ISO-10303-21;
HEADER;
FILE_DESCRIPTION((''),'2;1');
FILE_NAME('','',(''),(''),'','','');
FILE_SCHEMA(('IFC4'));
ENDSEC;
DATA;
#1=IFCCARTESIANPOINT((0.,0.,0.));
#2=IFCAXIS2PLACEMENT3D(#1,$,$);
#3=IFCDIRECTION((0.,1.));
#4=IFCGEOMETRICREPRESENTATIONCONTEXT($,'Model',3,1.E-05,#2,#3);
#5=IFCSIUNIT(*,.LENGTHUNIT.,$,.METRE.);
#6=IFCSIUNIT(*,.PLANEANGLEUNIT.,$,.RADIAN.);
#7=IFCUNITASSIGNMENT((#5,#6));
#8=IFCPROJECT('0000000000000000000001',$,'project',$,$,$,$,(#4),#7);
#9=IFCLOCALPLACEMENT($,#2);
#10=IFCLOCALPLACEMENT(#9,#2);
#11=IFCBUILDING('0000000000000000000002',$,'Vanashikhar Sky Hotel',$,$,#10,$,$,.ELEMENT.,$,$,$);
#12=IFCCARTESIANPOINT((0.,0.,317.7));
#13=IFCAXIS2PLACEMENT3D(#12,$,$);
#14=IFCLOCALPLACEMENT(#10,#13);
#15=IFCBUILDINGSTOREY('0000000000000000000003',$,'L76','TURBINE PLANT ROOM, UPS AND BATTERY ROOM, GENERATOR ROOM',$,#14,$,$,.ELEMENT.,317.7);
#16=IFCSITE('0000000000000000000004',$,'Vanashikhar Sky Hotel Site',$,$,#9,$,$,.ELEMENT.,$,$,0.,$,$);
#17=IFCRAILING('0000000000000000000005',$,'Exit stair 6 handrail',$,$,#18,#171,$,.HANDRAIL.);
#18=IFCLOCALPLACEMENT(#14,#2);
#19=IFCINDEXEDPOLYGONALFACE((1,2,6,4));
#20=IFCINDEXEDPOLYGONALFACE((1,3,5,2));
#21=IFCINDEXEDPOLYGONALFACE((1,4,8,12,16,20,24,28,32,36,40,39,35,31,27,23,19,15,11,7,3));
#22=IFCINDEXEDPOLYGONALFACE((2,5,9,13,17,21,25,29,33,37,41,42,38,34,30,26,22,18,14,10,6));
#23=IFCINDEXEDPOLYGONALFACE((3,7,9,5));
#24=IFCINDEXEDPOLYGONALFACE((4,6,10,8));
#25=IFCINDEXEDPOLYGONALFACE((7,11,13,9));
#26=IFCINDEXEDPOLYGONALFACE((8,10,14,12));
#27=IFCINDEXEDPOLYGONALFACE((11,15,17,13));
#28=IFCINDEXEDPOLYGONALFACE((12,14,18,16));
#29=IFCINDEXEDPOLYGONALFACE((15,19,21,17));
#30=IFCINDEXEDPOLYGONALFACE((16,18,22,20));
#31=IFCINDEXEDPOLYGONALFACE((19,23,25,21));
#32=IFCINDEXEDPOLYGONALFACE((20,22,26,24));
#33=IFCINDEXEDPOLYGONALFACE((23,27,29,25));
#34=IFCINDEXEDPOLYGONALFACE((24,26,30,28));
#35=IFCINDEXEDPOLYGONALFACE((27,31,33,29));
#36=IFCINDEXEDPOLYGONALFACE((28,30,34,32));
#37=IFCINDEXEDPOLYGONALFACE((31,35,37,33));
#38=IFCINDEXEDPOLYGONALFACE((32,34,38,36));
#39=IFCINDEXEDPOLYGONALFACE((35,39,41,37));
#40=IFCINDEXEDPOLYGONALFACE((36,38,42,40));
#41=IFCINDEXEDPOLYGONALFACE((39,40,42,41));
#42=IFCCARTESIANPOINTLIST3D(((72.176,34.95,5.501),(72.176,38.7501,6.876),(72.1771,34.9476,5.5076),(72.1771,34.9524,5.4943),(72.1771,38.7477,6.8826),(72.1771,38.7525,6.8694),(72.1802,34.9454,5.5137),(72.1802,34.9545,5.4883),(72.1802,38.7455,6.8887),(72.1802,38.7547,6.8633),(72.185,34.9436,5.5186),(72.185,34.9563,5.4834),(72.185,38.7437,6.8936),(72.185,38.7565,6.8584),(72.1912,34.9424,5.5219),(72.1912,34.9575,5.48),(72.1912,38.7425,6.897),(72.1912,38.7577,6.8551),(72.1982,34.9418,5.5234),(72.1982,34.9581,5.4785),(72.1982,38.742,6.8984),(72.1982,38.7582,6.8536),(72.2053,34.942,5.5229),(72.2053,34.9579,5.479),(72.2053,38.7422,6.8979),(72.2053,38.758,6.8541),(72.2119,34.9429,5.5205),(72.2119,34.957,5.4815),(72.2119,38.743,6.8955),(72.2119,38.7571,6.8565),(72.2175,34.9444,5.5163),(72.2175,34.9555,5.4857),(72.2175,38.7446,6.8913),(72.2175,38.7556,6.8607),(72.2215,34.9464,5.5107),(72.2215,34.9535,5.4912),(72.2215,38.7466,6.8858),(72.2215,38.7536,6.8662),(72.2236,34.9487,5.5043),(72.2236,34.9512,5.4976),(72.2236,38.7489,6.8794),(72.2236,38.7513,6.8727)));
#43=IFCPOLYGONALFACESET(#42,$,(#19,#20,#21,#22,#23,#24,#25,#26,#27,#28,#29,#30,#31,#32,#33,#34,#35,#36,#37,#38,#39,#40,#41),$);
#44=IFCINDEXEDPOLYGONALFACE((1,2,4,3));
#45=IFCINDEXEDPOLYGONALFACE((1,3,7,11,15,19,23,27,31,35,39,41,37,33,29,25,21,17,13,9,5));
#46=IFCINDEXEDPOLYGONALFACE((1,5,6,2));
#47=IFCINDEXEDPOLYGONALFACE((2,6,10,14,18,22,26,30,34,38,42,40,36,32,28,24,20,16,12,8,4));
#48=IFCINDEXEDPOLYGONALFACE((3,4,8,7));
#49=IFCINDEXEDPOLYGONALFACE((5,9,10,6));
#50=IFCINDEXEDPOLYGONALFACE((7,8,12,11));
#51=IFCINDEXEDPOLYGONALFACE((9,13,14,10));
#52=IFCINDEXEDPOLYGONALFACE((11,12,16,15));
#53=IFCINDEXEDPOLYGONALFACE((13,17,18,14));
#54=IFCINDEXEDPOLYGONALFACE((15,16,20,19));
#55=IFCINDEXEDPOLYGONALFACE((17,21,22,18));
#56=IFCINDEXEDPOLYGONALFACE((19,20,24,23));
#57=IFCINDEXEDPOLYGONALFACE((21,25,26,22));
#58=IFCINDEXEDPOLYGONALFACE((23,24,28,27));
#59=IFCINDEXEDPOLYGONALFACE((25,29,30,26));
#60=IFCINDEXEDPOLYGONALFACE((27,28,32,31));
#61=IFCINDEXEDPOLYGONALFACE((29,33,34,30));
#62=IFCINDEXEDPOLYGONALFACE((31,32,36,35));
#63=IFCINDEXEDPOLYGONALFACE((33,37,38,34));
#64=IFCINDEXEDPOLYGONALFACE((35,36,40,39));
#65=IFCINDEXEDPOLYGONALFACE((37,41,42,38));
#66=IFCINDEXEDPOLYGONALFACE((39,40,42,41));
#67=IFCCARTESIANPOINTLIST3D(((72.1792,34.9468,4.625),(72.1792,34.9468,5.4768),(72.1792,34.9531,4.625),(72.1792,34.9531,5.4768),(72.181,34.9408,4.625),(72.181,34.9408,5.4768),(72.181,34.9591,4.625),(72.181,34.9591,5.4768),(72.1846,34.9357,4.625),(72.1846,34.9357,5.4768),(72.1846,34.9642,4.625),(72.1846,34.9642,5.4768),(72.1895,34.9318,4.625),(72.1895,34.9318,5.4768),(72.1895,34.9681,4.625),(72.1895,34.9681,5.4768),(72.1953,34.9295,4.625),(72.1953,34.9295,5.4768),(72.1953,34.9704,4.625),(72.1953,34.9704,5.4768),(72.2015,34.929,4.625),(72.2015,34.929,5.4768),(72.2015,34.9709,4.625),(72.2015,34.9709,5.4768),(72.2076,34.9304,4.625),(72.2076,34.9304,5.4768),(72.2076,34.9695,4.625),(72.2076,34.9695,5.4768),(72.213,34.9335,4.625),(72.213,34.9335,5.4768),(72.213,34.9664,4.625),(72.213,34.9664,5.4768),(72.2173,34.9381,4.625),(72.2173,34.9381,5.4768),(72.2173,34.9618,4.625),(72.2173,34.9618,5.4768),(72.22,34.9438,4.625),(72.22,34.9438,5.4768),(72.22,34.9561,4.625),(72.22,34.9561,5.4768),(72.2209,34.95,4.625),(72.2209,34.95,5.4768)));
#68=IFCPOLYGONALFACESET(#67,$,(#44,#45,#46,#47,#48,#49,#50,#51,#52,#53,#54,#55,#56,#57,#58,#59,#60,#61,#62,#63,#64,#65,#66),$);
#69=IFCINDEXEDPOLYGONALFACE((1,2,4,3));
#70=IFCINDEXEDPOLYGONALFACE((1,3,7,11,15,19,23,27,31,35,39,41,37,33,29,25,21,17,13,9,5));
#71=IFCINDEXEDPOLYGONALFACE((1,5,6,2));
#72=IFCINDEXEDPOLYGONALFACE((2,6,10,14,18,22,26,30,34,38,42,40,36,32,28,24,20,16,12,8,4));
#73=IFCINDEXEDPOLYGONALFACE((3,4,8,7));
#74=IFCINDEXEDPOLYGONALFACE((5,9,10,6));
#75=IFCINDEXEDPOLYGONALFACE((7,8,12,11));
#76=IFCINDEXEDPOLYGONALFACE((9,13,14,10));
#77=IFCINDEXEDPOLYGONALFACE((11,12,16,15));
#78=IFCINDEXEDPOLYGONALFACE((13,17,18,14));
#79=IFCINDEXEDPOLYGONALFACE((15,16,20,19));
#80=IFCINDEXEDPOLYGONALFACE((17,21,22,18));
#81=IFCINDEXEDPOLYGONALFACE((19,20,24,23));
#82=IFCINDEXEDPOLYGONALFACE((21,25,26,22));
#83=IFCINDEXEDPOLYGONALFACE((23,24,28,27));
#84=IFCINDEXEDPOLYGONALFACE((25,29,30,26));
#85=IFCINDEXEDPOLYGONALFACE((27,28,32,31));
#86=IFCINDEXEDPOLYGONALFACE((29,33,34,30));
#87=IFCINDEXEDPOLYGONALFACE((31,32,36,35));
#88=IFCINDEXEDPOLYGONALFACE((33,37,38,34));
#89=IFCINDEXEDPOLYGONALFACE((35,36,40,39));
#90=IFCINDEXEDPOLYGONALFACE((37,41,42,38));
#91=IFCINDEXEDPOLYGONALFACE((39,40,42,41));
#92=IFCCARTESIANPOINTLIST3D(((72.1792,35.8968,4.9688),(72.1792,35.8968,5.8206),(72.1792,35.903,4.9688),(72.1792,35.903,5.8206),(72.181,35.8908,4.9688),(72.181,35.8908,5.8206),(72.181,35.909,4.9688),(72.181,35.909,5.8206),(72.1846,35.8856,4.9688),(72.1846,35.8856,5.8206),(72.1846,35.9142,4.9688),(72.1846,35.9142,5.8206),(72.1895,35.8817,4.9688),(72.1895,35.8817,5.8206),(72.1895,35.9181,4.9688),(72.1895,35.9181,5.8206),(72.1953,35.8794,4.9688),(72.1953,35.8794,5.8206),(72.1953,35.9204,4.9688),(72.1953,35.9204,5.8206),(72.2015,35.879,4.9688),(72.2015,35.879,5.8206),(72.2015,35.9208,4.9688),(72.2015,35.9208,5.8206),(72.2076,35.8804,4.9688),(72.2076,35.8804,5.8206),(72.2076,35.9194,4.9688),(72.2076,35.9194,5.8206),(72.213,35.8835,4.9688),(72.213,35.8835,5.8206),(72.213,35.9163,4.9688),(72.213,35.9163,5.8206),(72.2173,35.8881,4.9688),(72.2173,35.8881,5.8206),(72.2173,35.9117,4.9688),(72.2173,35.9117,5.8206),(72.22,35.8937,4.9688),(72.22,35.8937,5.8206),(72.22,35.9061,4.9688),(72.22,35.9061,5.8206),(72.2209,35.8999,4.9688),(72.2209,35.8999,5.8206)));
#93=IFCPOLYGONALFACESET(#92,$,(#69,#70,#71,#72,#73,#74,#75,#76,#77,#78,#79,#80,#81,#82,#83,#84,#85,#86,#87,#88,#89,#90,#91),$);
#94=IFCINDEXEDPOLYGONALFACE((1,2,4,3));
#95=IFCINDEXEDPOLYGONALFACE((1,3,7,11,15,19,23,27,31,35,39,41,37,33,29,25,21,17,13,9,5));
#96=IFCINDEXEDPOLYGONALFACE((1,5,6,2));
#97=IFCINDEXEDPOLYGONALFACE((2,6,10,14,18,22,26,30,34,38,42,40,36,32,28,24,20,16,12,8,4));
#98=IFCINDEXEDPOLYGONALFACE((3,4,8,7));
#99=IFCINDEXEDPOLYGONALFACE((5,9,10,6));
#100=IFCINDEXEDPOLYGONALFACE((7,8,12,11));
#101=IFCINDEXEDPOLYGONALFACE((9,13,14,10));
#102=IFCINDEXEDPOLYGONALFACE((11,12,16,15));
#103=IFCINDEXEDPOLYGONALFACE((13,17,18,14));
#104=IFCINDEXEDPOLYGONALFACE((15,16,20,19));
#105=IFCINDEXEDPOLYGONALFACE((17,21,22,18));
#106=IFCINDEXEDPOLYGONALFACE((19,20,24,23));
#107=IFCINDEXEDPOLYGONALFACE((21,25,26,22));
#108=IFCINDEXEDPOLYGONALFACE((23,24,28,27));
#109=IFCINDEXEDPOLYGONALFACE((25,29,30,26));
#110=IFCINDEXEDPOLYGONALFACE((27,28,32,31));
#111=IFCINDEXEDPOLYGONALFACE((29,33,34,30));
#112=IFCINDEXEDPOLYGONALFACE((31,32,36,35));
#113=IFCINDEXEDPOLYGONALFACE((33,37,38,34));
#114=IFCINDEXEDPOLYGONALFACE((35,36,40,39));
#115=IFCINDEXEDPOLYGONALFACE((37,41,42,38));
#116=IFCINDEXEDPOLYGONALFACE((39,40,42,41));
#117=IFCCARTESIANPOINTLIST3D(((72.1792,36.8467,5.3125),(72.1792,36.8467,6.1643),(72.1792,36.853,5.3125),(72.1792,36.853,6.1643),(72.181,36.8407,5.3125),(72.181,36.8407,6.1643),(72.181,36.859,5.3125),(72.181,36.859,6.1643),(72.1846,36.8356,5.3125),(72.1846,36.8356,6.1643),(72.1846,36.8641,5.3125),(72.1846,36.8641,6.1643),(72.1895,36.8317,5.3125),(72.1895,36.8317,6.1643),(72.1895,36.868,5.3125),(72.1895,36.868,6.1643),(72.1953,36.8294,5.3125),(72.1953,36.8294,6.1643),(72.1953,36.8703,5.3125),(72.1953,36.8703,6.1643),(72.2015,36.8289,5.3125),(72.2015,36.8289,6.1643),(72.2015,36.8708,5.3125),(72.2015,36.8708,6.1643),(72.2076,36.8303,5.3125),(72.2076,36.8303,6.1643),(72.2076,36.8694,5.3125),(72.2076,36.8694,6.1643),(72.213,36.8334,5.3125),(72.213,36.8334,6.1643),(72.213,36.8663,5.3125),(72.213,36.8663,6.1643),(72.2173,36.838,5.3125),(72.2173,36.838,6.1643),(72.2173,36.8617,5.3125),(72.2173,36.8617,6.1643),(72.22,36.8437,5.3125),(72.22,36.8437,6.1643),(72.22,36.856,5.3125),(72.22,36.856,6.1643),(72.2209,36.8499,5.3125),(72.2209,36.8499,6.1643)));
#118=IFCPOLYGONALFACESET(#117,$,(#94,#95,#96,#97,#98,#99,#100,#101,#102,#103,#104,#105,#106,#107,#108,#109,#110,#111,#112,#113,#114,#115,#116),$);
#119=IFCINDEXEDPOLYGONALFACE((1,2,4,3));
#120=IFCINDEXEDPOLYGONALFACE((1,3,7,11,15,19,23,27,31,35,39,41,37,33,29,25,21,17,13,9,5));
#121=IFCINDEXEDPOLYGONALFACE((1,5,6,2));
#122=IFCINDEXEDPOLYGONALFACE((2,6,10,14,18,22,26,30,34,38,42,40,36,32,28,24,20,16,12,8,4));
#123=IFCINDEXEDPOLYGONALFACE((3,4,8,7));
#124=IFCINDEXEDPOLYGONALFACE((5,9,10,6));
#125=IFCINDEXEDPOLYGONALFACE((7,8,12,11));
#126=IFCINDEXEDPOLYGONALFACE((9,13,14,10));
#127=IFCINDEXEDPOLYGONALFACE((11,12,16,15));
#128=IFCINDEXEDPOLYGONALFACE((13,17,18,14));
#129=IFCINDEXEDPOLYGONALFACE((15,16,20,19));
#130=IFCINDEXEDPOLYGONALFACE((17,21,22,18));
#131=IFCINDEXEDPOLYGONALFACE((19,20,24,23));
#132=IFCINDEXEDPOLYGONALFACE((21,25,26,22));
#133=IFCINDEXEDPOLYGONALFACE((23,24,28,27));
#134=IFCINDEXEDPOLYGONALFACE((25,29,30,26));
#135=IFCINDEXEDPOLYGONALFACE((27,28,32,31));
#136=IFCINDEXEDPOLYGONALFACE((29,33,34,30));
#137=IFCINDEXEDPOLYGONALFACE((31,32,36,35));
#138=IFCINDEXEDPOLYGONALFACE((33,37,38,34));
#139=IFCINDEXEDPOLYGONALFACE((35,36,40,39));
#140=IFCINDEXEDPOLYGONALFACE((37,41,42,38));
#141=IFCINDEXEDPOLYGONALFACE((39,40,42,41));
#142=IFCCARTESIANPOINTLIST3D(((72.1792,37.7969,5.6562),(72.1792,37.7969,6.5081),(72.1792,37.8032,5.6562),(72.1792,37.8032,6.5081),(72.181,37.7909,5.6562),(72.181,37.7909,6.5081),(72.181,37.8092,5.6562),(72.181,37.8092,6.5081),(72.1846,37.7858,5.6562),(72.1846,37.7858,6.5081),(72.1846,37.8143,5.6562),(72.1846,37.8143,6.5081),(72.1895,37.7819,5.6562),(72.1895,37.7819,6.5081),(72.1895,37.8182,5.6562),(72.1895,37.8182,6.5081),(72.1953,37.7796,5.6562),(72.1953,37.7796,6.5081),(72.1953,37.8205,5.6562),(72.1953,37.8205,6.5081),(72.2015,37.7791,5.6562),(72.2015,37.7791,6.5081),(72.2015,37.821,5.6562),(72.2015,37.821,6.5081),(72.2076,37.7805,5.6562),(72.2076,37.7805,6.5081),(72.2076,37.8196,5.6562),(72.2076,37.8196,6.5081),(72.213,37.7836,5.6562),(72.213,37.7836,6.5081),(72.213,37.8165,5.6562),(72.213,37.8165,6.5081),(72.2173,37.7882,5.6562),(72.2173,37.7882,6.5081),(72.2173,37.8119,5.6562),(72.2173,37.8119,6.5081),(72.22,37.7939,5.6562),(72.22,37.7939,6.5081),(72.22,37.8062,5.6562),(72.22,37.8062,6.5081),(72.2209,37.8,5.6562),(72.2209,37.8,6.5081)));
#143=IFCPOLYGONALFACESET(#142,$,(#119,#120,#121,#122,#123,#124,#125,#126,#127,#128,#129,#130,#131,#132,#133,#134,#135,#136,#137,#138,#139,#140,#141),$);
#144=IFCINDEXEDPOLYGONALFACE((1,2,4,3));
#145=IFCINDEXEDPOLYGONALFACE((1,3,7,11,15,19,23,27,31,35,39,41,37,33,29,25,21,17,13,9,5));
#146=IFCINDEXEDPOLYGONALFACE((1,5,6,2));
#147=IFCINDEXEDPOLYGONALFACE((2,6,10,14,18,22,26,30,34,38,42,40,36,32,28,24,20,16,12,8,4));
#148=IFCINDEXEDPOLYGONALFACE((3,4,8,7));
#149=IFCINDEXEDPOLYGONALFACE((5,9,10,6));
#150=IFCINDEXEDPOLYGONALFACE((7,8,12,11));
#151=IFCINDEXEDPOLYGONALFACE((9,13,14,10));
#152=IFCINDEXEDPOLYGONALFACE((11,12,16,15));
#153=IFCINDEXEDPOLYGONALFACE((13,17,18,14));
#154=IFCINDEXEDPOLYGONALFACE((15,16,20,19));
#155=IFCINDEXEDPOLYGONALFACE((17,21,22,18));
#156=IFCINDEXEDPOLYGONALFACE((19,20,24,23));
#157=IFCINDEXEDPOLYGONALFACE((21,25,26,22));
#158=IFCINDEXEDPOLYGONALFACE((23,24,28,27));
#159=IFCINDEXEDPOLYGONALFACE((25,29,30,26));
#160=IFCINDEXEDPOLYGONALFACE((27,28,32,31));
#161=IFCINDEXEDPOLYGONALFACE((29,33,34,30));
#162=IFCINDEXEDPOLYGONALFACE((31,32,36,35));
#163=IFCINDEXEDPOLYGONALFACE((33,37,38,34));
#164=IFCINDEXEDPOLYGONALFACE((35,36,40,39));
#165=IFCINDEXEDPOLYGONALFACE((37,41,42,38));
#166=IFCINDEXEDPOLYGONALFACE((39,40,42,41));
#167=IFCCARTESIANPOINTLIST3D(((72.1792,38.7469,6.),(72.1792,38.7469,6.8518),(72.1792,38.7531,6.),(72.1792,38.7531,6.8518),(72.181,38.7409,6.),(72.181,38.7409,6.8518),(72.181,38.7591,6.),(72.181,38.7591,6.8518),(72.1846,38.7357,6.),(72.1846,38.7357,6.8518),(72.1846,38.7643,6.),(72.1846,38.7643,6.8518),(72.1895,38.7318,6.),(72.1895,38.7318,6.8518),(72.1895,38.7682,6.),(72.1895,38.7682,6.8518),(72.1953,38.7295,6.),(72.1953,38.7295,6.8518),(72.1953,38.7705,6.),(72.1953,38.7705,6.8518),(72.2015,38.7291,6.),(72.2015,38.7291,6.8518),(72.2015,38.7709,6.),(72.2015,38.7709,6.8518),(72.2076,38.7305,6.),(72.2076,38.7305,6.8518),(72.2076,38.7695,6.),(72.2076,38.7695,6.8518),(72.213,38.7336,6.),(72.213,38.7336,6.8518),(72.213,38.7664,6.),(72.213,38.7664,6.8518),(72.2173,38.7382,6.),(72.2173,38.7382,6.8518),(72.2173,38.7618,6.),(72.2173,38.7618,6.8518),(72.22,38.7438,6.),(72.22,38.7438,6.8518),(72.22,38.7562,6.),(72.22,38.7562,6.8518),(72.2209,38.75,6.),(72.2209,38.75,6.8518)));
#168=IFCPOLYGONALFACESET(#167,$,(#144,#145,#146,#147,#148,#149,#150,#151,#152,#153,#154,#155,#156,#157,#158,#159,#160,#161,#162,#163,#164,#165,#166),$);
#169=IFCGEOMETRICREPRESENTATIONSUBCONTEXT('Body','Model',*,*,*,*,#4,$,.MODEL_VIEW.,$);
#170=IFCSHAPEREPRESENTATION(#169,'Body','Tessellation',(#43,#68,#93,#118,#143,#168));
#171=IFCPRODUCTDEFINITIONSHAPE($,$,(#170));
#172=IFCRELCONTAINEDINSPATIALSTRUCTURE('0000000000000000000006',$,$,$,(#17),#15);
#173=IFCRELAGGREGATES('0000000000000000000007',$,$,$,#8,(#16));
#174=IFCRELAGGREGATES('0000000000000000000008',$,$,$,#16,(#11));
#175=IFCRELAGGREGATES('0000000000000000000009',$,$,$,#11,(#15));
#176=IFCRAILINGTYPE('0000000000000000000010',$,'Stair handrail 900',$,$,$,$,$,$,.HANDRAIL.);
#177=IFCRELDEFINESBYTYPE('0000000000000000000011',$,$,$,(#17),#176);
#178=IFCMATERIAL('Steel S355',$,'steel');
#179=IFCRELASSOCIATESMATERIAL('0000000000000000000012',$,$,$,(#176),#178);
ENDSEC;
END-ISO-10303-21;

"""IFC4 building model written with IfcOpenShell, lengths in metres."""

from ifc_helpers import new_model, si_unit, direction, frame, origin, origin_2d, place, context, subcontext, project, spatial, circle, extrude, source, transform, mapped, material, type_object, element, save


model = new_model("IFC4")

# Units and contexts
model_context = context("Model", 3, precision=1e-05, world=origin(), true_north=direction((0.0, 1.0)))
body_context = subcontext(model_context, "Body", "Model", "MODEL_VIEW")
ifc_project = project(units=[si_unit("LENGTHUNIT", "METRE"), si_unit("PLANEANGLEUNIT", "RADIAN")], contexts=[model_context])

# Site, building, storey
site_placement = place(None, origin())
site = spatial("IfcSite", under=ifc_project, at=site_placement, Name="Vanashikhar Sky Hotel Site", CompositionType="ELEMENT", RefElevation=0.0)
building_placement = place(site_placement, origin())
building = spatial("IfcBuilding", under=site, at=building_placement, Name="Vanashikhar Sky Hotel", CompositionType="ELEMENT")
storey_placement = place(building_placement, frame((0.0, 0.0, 317.7)))
storey = spatial("IfcBuildingStorey", under=building, at=storey_placement, Name="L76", Description="TURBINE PLANT ROOM, UPS AND BATTERY ROOM, GENERATOR ROOM", CompositionType="ELEMENT", Elevation=317.7)

# Railing
ifc_material_1 = material(Name="Steel S355", Category="steel")
railing_type_1 = type_object("IfcRailingType", Name="Stair handrail 900", PredefinedType="HANDRAIL", material=ifc_material_1)
shared_shape_1 = source(origin(), body_context, "Body", "SweptSolid", [
    extrude(circle(Radius=0.0239, at=origin_2d()), frame((0.0, 0.0, 0.876), z_axis=(0.0, 0.940336, 0.340249), x_axis=(-1.0, 0.0, 0.0)), (0.0, 0.0, 1.0), 4.0413),
    extrude(circle(Radius=0.021, at=origin_2d()), origin(), (0.0, 0.0, 1.0), 0.8518),
    extrude(circle(Radius=0.021, at=origin_2d()), frame((0.0, 0.95, 0.3438)), (0.0, 0.0, 1.0), 0.8518),
    extrude(circle(Radius=0.021, at=origin_2d()), frame((0.0, 1.8999, 0.6875)), (0.0, 0.0, 1.0), 0.8518),
    extrude(circle(Radius=0.021, at=origin_2d()), frame((0.0, 2.8501, 1.0312)), (0.0, 0.0, 1.0), 0.8518),
    extrude(circle(Radius=0.021, at=origin_2d()), frame((0.0, 3.8, 1.375)), (0.0, 0.0, 1.0), 0.8518),
])
for number, where, name in (
    (1, (72.2, 34.95, 4.625), "Exit stair 6 handrail"),
):
    element("IfcRailing", number, at=place(storey_placement, frame(where)), inside=storey, type_object=railing_type_1, Name=name, PredefinedType="HANDRAIL", context=body_context, shape_type="MappedRepresentation", body=[
        mapped(shared_shape_1, transform((0.0, 0.0, 0.0), scale=1.0)),
    ])

save(model, "model.ifc")
